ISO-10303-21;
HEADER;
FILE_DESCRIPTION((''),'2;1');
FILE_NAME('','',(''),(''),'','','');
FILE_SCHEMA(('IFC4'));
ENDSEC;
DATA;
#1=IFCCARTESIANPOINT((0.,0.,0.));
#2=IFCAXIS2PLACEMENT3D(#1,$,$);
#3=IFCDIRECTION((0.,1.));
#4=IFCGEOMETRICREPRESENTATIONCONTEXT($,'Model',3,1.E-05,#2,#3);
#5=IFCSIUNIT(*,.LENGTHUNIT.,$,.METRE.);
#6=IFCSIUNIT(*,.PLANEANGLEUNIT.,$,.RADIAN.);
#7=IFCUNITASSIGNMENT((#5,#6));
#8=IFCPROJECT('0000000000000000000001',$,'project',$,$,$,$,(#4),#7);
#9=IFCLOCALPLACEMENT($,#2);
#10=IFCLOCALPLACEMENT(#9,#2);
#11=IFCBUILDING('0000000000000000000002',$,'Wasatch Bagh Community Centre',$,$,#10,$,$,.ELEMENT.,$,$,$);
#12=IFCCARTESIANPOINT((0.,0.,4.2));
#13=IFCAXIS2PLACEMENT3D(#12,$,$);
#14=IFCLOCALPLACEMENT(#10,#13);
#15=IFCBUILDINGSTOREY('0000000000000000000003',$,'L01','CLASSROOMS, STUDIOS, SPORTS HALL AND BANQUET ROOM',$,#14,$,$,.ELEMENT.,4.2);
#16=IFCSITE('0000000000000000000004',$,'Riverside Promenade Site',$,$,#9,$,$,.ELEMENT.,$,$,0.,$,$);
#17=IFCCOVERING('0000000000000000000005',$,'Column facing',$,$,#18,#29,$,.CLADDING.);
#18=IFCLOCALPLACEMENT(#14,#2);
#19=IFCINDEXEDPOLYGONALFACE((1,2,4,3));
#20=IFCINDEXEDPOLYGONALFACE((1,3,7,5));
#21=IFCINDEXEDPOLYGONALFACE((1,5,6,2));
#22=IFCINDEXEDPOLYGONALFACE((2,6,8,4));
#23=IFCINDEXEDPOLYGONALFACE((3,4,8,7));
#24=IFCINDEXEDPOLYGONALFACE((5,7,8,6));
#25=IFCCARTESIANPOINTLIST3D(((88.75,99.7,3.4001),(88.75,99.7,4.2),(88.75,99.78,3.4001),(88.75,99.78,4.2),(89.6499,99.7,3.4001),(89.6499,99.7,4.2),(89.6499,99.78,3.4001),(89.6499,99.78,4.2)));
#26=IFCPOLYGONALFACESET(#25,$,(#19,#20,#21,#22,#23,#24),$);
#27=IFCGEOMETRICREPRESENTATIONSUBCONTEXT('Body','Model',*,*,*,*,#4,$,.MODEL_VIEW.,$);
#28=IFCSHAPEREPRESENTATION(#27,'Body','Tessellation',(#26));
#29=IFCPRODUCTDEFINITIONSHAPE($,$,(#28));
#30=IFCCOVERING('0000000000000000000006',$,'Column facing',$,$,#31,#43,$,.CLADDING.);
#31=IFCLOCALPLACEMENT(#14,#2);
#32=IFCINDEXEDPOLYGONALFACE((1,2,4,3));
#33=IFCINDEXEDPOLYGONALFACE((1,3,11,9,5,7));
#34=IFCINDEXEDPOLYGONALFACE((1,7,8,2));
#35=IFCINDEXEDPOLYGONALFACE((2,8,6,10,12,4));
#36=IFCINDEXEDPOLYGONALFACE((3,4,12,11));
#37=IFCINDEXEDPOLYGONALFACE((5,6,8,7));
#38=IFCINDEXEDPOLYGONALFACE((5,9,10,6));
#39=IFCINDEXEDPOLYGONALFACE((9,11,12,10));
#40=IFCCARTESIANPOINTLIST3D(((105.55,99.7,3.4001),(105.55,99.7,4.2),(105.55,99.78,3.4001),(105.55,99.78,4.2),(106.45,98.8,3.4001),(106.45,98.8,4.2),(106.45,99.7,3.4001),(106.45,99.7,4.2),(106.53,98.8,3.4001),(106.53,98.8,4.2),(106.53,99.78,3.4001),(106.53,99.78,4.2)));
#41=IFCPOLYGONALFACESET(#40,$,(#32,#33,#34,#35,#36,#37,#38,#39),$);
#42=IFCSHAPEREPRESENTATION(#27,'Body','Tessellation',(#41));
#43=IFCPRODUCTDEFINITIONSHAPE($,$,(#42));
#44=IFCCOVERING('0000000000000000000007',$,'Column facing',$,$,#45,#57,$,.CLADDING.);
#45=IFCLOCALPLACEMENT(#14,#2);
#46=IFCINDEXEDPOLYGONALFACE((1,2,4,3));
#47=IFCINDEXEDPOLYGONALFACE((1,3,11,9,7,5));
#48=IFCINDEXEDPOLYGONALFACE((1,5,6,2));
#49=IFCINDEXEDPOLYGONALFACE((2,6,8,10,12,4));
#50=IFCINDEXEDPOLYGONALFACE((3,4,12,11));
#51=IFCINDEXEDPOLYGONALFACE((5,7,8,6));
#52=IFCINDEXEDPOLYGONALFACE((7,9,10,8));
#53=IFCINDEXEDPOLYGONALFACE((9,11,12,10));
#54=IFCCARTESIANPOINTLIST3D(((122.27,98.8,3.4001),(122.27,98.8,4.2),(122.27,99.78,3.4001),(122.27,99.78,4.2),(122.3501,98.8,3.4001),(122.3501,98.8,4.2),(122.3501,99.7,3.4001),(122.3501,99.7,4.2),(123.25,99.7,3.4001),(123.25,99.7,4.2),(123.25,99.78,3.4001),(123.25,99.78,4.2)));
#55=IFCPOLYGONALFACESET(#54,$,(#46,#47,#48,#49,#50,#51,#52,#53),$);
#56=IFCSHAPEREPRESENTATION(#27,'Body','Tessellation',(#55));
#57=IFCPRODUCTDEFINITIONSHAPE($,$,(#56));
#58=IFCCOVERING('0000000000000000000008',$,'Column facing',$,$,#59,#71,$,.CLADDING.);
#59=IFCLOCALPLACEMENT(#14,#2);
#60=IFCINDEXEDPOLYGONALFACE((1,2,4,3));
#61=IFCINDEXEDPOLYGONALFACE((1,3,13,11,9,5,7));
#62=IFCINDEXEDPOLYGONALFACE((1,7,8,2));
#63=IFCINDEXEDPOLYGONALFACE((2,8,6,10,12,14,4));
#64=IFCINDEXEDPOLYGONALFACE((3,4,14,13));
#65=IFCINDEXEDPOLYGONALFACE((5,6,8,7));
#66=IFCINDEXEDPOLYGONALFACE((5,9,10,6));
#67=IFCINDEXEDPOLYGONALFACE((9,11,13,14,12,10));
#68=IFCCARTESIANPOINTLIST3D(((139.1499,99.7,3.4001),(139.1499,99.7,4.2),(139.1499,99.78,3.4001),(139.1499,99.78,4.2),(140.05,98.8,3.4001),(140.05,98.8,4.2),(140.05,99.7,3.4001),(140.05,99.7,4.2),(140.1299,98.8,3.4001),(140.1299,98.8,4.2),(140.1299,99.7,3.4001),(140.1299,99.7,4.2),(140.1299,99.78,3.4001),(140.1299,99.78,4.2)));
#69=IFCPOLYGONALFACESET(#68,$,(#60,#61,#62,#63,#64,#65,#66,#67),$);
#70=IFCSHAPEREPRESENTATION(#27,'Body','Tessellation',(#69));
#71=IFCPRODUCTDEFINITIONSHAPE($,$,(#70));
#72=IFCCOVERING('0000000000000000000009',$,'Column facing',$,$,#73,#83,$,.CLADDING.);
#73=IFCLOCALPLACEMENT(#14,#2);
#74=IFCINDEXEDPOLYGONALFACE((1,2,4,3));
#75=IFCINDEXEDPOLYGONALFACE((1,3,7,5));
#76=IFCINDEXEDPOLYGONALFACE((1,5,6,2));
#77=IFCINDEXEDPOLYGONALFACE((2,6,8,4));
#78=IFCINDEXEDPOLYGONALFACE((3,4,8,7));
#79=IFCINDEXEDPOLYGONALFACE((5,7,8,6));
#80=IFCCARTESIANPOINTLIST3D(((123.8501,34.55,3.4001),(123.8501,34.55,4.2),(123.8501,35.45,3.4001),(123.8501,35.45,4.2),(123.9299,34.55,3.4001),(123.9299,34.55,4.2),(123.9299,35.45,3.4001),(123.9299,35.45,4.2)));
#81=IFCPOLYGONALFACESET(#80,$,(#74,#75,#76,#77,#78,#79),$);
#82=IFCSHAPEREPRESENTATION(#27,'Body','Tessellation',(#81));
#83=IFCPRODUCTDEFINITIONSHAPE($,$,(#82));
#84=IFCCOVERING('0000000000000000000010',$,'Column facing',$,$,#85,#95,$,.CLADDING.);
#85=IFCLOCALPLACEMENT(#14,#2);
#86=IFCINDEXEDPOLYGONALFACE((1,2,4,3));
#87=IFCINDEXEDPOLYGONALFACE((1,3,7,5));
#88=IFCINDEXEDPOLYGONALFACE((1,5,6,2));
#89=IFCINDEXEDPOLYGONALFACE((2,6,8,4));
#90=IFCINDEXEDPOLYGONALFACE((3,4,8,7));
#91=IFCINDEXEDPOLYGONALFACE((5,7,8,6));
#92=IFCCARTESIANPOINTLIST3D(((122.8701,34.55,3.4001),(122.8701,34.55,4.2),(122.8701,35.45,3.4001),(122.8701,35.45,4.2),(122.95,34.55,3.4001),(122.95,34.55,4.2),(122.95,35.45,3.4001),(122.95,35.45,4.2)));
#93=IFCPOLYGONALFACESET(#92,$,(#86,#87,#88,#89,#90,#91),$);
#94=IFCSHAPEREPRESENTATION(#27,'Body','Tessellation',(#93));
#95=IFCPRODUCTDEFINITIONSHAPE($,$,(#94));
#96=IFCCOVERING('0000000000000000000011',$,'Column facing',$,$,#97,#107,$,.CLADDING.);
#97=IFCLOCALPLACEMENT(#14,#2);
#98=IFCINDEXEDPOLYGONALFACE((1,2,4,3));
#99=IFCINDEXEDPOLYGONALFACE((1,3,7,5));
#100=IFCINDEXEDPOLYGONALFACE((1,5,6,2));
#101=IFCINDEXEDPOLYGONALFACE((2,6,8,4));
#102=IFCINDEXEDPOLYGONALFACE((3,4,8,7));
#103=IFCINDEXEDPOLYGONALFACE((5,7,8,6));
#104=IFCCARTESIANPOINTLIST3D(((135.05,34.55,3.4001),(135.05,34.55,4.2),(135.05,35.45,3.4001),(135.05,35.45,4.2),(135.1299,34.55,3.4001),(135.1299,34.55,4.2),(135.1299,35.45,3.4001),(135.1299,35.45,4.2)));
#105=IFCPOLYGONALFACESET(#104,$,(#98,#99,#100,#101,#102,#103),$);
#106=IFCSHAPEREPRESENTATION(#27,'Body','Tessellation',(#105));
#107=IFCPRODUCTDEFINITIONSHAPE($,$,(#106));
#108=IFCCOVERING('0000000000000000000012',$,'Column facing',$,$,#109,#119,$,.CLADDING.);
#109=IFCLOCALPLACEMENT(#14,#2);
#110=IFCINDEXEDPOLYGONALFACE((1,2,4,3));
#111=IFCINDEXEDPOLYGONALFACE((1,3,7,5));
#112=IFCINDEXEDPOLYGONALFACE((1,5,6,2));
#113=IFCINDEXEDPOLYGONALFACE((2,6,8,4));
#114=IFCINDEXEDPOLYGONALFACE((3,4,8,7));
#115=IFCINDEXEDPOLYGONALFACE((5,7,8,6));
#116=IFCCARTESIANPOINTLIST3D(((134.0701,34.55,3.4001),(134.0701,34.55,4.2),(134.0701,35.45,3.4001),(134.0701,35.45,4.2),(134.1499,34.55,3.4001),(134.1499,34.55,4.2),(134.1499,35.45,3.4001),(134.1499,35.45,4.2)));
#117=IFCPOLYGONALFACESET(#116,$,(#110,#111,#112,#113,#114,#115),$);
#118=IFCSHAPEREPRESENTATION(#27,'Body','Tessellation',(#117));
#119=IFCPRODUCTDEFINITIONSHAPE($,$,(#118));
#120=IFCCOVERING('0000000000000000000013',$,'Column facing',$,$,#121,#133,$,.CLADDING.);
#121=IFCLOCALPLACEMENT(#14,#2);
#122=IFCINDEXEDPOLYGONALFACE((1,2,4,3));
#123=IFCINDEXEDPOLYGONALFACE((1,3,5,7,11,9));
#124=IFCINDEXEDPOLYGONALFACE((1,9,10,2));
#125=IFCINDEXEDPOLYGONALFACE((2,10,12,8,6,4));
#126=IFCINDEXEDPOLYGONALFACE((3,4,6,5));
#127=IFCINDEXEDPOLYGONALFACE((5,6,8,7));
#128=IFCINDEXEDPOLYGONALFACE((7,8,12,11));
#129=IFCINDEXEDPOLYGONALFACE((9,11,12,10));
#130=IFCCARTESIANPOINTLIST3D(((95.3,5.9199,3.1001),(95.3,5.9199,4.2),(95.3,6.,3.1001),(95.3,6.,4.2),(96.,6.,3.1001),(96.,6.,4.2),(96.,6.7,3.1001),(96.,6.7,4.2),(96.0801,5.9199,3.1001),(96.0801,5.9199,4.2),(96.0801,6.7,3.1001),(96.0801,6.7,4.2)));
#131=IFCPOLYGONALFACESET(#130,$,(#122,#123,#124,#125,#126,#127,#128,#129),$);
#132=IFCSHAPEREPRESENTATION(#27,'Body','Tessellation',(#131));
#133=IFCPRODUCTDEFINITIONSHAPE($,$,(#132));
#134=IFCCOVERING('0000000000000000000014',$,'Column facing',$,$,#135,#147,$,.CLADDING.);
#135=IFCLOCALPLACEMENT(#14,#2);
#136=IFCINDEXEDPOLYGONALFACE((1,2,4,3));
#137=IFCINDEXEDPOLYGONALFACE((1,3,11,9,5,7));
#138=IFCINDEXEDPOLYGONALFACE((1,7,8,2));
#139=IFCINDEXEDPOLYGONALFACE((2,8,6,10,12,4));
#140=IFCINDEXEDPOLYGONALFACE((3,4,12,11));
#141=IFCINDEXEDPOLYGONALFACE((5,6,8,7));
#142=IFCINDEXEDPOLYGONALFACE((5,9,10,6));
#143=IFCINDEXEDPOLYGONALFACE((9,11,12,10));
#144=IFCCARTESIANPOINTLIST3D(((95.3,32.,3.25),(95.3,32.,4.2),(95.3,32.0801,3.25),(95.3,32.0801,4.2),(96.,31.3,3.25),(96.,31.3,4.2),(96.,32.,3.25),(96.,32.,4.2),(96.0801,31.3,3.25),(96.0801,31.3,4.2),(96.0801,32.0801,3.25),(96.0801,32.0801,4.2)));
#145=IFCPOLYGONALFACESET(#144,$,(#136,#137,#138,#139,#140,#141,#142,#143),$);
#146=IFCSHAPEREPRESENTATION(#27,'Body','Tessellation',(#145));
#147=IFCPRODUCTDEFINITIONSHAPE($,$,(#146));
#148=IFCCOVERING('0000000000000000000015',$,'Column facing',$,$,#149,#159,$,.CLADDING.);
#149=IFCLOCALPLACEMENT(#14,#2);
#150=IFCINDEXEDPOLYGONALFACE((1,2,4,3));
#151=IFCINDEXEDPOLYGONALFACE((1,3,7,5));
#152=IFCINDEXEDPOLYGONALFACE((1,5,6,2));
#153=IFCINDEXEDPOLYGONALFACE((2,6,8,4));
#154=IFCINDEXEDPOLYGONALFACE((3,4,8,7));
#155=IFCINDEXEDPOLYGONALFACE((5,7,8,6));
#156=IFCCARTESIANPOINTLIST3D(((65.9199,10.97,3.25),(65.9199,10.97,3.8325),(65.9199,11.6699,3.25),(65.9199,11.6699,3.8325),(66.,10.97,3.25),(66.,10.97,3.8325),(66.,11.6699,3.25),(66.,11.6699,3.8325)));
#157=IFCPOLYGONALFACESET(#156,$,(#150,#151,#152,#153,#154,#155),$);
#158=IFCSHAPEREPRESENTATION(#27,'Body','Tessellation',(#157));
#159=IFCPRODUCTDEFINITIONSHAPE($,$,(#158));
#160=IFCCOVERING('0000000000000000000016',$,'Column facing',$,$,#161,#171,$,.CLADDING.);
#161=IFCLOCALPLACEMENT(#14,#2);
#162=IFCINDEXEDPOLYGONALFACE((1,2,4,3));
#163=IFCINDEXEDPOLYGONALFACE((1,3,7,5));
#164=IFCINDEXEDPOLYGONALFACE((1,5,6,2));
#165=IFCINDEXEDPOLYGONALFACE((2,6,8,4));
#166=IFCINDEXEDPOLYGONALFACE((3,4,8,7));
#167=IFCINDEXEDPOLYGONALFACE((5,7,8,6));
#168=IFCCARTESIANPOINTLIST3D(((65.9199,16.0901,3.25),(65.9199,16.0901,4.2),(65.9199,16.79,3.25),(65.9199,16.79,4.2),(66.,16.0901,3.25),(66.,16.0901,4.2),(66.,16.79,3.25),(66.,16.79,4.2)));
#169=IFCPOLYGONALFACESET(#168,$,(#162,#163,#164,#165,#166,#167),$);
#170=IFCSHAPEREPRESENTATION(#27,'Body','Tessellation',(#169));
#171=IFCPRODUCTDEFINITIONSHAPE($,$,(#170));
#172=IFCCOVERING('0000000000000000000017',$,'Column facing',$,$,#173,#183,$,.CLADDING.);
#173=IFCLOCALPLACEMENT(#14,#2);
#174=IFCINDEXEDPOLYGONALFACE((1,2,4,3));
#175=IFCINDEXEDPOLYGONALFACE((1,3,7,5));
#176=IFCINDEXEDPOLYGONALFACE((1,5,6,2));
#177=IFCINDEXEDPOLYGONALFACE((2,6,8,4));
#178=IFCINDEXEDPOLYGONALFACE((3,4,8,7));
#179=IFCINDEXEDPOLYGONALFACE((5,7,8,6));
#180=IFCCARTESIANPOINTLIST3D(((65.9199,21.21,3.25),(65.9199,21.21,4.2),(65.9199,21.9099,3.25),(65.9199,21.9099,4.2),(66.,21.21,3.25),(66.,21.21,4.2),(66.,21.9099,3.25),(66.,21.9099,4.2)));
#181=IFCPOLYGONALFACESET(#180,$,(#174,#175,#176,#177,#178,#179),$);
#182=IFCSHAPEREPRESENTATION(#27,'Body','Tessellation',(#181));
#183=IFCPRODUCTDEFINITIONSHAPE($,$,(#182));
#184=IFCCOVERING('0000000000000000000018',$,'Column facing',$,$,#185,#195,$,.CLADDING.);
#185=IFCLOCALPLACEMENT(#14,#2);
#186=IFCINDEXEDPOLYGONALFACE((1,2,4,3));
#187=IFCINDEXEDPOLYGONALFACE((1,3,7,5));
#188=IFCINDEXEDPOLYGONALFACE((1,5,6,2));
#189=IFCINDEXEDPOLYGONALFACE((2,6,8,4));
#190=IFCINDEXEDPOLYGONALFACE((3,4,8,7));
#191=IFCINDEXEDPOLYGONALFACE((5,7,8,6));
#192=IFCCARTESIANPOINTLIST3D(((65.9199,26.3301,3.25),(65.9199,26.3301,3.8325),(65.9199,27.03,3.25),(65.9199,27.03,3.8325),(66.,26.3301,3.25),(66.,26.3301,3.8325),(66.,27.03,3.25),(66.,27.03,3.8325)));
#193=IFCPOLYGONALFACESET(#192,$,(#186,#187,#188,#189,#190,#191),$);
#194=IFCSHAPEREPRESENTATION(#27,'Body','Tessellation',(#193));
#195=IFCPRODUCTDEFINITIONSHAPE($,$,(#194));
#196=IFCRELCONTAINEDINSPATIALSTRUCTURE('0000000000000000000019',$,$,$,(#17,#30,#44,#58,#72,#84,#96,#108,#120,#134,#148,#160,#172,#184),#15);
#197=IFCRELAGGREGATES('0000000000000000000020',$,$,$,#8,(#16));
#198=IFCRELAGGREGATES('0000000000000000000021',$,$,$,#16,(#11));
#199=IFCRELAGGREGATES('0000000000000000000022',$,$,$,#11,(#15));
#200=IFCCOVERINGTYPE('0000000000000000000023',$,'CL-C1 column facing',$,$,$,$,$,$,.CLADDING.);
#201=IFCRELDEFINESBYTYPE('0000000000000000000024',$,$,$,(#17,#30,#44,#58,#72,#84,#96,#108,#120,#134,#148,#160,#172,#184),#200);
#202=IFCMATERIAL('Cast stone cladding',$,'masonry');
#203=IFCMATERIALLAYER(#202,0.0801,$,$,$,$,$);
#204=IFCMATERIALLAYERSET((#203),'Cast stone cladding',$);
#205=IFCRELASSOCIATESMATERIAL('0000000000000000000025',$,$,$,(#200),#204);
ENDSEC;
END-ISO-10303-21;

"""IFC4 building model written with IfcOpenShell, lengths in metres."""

from ifc_helpers import new_model, si_unit, direction, frame, origin, place, context, subcontext, project, spatial, polyline, outline, extrude, material, layer, layer_set, type_object, element, save


model = new_model("IFC4")

# Units and contexts
model_context = context("Model", 3, precision=1e-05, world=origin(), true_north=direction((0.0, 1.0)))
body_context = subcontext(model_context, "Body", "Model", "MODEL_VIEW")
ifc_project = project(units=[si_unit("LENGTHUNIT", "METRE"), si_unit("PLANEANGLEUNIT", "RADIAN")], contexts=[model_context])

# Site, building, storey
site_placement = place(None, origin())
site = spatial("IfcSite", under=ifc_project, at=site_placement, Name="Riverside Promenade Site", CompositionType="ELEMENT", RefElevation=0.0)
building_placement = place(site_placement, origin())
building = spatial("IfcBuilding", under=site, at=building_placement, Name="Wasatch Bagh Community Centre", CompositionType="ELEMENT")
storey_placement = place(building_placement, frame((0.0, 0.0, 4.2)))
storey = spatial("IfcBuildingStorey", under=building, at=storey_placement, Name="L01", Description="CLASSROOMS, STUDIOS, SPORTS HALL AND BANQUET ROOM", CompositionType="ELEMENT", Elevation=4.2)

# Coverings
ifc_material_1 = material(Name="Cast stone cladding", Category="masonry")
ifc_layer_1 = layer(ifc_material_1, 0.0801)
ifc_layer_set_1 = layer_set([ifc_layer_1], Name="Cast stone cladding")
covering_type_1 = type_object("IfcCoveringType", Name="CL-C1 column facing", PredefinedType="CLADDING", material=ifc_layer_set_1)
covering_1_placement = place(storey_placement, frame((0.0, 0.0, 3.4001)))
element("IfcCovering", 1, at=covering_1_placement, inside=storey, type_object=covering_type_1, Name="Column facing", PredefinedType="CLADDING", context=body_context, shape_type="SweptSolid", body=[
    extrude(outline(polyline([(89.6499, 99.7), (88.75, 99.7), (88.75, 99.78), (89.6499, 99.78), (89.6499, 99.7)])), origin(), (0.0, 0.0, 1.0), 0.7998),
])
covering_2_placement = place(storey_placement, frame((0.0, 0.0, 3.4001)))
element("IfcCovering", 2, at=covering_2_placement, inside=storey, type_object=covering_type_1, Name="Column facing", PredefinedType="CLADDING", context=body_context, shape_type="SweptSolid", body=[
    extrude(outline(polyline([(106.45, 99.7), (105.55, 99.7), (105.55, 99.78), (106.53, 99.78), (106.53, 98.8), (106.45, 98.8), (106.45, 99.7)])), origin(), (0.0, 0.0, 1.0), 0.7998),
])
covering_3_placement = place(storey_placement, frame((0.0, 0.0, 3.4001)))
element("IfcCovering", 3, at=covering_3_placement, inside=storey, type_object=covering_type_1, Name="Column facing", PredefinedType="CLADDING", context=body_context, shape_type="SweptSolid", body=[
    extrude(outline(polyline([(122.3501, 98.8), (122.27, 98.8), (122.27, 99.78), (123.25, 99.78), (123.25, 99.7), (122.3501, 99.7), (122.3501, 98.8)])), origin(), (0.0, 0.0, 1.0), 0.7998),
])
covering_4_placement = place(storey_placement, frame((0.0, 0.0, 3.4001)))
element("IfcCovering", 4, at=covering_4_placement, inside=storey, type_object=covering_type_1, Name="Column facing", PredefinedType="CLADDING", context=body_context, shape_type="SweptSolid", body=[
    extrude(outline(polyline([(140.05, 99.7), (139.1499, 99.7), (139.1499, 99.78), (140.1299, 99.78), (140.1299, 99.7), (140.1299, 98.8), (140.05, 98.8), (140.05, 99.7)])), origin(), (0.0, 0.0, 1.0), 0.7998),
])
covering_5_placement = place(storey_placement, frame((0.0, 0.0, 3.4001)))
element("IfcCovering", 5, at=covering_5_placement, inside=storey, type_object=covering_type_1, Name="Column facing", PredefinedType="CLADDING", context=body_context, shape_type="SweptSolid", body=[
    extrude(outline(polyline([(123.8501, 35.45), (123.9299, 35.45), (123.9299, 34.55), (123.8501, 34.55), (123.8501, 35.45)])), origin(), (0.0, 0.0, 1.0), 0.7998),
])
covering_6_placement = place(storey_placement, frame((0.0, 0.0, 3.4001)))
element("IfcCovering", 6, at=covering_6_placement, inside=storey, type_object=covering_type_1, Name="Column facing", PredefinedType="CLADDING", context=body_context, shape_type="SweptSolid", body=[
    extrude(outline(polyline([(122.95, 34.55), (122.8701, 34.55), (122.8701, 35.45), (122.95, 35.45), (122.95, 34.55)])), origin(), (0.0, 0.0, 1.0), 0.7998),
])
covering_7_placement = place(storey_placement, frame((0.0, 0.0, 3.4001)))
element("IfcCovering", 7, at=covering_7_placement, inside=storey, type_object=covering_type_1, Name="Column facing", PredefinedType="CLADDING", context=body_context, shape_type="SweptSolid", body=[
    extrude(outline(polyline([(135.05, 35.45), (135.1299, 35.45), (135.1299, 34.55), (135.05, 34.55), (135.05, 35.45)])), origin(), (0.0, 0.0, 1.0), 0.7998),
])
covering_8_placement = place(storey_placement, frame((0.0, 0.0, 3.4001)))
element("IfcCovering", 8, at=covering_8_placement, inside=storey, type_object=covering_type_1, Name="Column facing", PredefinedType="CLADDING", context=body_context, shape_type="SweptSolid", body=[
    extrude(outline(polyline([(134.1499, 34.55), (134.0701, 34.55), (134.0701, 35.45), (134.1499, 35.45), (134.1499, 34.55)])), origin(), (0.0, 0.0, 1.0), 0.7998),
])
covering_9_placement = place(storey_placement, frame((0.0, 0.0, 3.1001)))
element("IfcCovering", 9, at=covering_9_placement, inside=storey, type_object=covering_type_1, Name="Column facing", PredefinedType="CLADDING", context=body_context, shape_type="SweptSolid", body=[
    extrude(outline(polyline([(96.0, 6.0), (96.0, 6.7), (96.0801, 6.7), (96.0801, 5.9199), (95.3, 5.9199), (95.3, 6.0), (96.0, 6.0)])), origin(), (0.0, 0.0, 1.0), 1.0999),
])
covering_10_placement = place(storey_placement, frame((0.0, 0.0, 3.25)))
element("IfcCovering", 10, at=covering_10_placement, inside=storey, type_object=covering_type_1, Name="Column facing", PredefinedType="CLADDING", context=body_context, shape_type="SweptSolid", body=[
    extrude(outline(polyline([(96.0, 32.0), (95.3, 32.0), (95.3, 32.0801), (96.0801, 32.0801), (96.0801, 31.3), (96.0, 31.3), (96.0, 32.0)])), origin(), (0.0, 0.0, 1.0), 0.95),
])
covering_11_placement = place(storey_placement, frame((0.0, 0.0, 3.25)))
element("IfcCovering", 11, at=covering_11_placement, inside=storey, type_object=covering_type_1, Name="Column facing", PredefinedType="CLADDING", context=body_context, shape_type="SweptSolid", body=[
    extrude(outline(polyline([(66.0, 11.6699), (66.0, 10.97), (65.9199, 10.97), (65.9199, 11.6699), (66.0, 11.6699)])), origin(), (0.0, 0.0, 1.0), 0.5825),
])
covering_12_placement = place(storey_placement, frame((0.0, 0.0, 3.25)))
element("IfcCovering", 12, at=covering_12_placement, inside=storey, type_object=covering_type_1, Name="Column facing", PredefinedType="CLADDING", context=body_context, shape_type="SweptSolid", body=[
    extrude(outline(polyline([(66.0, 16.79), (66.0, 16.0901), (65.9199, 16.0901), (65.9199, 16.79), (66.0, 16.79)])), origin(), (0.0, 0.0, 1.0), 0.95),
])
covering_13_placement = place(storey_placement, frame((0.0, 0.0, 3.25)))
element("IfcCovering", 13, at=covering_13_placement, inside=storey, type_object=covering_type_1, Name="Column facing", PredefinedType="CLADDING", context=body_context, shape_type="SweptSolid", body=[
    extrude(outline(polyline([(66.0, 21.9099), (66.0, 21.21), (65.9199, 21.21), (65.9199, 21.9099), (66.0, 21.9099)])), origin(), (0.0, 0.0, 1.0), 0.95),
])
covering_14_placement = place(storey_placement, frame((0.0, 0.0, 3.25)))
element("IfcCovering", 14, at=covering_14_placement, inside=storey, type_object=covering_type_1, Name="Column facing", PredefinedType="CLADDING", context=body_context, shape_type="SweptSolid", body=[
    extrude(outline(polyline([(66.0, 27.03), (66.0, 26.3301), (65.9199, 26.3301), (65.9199, 27.03), (66.0, 27.03)])), origin(), (0.0, 0.0, 1.0), 0.5825),
])

save(model, "model.ifc")
